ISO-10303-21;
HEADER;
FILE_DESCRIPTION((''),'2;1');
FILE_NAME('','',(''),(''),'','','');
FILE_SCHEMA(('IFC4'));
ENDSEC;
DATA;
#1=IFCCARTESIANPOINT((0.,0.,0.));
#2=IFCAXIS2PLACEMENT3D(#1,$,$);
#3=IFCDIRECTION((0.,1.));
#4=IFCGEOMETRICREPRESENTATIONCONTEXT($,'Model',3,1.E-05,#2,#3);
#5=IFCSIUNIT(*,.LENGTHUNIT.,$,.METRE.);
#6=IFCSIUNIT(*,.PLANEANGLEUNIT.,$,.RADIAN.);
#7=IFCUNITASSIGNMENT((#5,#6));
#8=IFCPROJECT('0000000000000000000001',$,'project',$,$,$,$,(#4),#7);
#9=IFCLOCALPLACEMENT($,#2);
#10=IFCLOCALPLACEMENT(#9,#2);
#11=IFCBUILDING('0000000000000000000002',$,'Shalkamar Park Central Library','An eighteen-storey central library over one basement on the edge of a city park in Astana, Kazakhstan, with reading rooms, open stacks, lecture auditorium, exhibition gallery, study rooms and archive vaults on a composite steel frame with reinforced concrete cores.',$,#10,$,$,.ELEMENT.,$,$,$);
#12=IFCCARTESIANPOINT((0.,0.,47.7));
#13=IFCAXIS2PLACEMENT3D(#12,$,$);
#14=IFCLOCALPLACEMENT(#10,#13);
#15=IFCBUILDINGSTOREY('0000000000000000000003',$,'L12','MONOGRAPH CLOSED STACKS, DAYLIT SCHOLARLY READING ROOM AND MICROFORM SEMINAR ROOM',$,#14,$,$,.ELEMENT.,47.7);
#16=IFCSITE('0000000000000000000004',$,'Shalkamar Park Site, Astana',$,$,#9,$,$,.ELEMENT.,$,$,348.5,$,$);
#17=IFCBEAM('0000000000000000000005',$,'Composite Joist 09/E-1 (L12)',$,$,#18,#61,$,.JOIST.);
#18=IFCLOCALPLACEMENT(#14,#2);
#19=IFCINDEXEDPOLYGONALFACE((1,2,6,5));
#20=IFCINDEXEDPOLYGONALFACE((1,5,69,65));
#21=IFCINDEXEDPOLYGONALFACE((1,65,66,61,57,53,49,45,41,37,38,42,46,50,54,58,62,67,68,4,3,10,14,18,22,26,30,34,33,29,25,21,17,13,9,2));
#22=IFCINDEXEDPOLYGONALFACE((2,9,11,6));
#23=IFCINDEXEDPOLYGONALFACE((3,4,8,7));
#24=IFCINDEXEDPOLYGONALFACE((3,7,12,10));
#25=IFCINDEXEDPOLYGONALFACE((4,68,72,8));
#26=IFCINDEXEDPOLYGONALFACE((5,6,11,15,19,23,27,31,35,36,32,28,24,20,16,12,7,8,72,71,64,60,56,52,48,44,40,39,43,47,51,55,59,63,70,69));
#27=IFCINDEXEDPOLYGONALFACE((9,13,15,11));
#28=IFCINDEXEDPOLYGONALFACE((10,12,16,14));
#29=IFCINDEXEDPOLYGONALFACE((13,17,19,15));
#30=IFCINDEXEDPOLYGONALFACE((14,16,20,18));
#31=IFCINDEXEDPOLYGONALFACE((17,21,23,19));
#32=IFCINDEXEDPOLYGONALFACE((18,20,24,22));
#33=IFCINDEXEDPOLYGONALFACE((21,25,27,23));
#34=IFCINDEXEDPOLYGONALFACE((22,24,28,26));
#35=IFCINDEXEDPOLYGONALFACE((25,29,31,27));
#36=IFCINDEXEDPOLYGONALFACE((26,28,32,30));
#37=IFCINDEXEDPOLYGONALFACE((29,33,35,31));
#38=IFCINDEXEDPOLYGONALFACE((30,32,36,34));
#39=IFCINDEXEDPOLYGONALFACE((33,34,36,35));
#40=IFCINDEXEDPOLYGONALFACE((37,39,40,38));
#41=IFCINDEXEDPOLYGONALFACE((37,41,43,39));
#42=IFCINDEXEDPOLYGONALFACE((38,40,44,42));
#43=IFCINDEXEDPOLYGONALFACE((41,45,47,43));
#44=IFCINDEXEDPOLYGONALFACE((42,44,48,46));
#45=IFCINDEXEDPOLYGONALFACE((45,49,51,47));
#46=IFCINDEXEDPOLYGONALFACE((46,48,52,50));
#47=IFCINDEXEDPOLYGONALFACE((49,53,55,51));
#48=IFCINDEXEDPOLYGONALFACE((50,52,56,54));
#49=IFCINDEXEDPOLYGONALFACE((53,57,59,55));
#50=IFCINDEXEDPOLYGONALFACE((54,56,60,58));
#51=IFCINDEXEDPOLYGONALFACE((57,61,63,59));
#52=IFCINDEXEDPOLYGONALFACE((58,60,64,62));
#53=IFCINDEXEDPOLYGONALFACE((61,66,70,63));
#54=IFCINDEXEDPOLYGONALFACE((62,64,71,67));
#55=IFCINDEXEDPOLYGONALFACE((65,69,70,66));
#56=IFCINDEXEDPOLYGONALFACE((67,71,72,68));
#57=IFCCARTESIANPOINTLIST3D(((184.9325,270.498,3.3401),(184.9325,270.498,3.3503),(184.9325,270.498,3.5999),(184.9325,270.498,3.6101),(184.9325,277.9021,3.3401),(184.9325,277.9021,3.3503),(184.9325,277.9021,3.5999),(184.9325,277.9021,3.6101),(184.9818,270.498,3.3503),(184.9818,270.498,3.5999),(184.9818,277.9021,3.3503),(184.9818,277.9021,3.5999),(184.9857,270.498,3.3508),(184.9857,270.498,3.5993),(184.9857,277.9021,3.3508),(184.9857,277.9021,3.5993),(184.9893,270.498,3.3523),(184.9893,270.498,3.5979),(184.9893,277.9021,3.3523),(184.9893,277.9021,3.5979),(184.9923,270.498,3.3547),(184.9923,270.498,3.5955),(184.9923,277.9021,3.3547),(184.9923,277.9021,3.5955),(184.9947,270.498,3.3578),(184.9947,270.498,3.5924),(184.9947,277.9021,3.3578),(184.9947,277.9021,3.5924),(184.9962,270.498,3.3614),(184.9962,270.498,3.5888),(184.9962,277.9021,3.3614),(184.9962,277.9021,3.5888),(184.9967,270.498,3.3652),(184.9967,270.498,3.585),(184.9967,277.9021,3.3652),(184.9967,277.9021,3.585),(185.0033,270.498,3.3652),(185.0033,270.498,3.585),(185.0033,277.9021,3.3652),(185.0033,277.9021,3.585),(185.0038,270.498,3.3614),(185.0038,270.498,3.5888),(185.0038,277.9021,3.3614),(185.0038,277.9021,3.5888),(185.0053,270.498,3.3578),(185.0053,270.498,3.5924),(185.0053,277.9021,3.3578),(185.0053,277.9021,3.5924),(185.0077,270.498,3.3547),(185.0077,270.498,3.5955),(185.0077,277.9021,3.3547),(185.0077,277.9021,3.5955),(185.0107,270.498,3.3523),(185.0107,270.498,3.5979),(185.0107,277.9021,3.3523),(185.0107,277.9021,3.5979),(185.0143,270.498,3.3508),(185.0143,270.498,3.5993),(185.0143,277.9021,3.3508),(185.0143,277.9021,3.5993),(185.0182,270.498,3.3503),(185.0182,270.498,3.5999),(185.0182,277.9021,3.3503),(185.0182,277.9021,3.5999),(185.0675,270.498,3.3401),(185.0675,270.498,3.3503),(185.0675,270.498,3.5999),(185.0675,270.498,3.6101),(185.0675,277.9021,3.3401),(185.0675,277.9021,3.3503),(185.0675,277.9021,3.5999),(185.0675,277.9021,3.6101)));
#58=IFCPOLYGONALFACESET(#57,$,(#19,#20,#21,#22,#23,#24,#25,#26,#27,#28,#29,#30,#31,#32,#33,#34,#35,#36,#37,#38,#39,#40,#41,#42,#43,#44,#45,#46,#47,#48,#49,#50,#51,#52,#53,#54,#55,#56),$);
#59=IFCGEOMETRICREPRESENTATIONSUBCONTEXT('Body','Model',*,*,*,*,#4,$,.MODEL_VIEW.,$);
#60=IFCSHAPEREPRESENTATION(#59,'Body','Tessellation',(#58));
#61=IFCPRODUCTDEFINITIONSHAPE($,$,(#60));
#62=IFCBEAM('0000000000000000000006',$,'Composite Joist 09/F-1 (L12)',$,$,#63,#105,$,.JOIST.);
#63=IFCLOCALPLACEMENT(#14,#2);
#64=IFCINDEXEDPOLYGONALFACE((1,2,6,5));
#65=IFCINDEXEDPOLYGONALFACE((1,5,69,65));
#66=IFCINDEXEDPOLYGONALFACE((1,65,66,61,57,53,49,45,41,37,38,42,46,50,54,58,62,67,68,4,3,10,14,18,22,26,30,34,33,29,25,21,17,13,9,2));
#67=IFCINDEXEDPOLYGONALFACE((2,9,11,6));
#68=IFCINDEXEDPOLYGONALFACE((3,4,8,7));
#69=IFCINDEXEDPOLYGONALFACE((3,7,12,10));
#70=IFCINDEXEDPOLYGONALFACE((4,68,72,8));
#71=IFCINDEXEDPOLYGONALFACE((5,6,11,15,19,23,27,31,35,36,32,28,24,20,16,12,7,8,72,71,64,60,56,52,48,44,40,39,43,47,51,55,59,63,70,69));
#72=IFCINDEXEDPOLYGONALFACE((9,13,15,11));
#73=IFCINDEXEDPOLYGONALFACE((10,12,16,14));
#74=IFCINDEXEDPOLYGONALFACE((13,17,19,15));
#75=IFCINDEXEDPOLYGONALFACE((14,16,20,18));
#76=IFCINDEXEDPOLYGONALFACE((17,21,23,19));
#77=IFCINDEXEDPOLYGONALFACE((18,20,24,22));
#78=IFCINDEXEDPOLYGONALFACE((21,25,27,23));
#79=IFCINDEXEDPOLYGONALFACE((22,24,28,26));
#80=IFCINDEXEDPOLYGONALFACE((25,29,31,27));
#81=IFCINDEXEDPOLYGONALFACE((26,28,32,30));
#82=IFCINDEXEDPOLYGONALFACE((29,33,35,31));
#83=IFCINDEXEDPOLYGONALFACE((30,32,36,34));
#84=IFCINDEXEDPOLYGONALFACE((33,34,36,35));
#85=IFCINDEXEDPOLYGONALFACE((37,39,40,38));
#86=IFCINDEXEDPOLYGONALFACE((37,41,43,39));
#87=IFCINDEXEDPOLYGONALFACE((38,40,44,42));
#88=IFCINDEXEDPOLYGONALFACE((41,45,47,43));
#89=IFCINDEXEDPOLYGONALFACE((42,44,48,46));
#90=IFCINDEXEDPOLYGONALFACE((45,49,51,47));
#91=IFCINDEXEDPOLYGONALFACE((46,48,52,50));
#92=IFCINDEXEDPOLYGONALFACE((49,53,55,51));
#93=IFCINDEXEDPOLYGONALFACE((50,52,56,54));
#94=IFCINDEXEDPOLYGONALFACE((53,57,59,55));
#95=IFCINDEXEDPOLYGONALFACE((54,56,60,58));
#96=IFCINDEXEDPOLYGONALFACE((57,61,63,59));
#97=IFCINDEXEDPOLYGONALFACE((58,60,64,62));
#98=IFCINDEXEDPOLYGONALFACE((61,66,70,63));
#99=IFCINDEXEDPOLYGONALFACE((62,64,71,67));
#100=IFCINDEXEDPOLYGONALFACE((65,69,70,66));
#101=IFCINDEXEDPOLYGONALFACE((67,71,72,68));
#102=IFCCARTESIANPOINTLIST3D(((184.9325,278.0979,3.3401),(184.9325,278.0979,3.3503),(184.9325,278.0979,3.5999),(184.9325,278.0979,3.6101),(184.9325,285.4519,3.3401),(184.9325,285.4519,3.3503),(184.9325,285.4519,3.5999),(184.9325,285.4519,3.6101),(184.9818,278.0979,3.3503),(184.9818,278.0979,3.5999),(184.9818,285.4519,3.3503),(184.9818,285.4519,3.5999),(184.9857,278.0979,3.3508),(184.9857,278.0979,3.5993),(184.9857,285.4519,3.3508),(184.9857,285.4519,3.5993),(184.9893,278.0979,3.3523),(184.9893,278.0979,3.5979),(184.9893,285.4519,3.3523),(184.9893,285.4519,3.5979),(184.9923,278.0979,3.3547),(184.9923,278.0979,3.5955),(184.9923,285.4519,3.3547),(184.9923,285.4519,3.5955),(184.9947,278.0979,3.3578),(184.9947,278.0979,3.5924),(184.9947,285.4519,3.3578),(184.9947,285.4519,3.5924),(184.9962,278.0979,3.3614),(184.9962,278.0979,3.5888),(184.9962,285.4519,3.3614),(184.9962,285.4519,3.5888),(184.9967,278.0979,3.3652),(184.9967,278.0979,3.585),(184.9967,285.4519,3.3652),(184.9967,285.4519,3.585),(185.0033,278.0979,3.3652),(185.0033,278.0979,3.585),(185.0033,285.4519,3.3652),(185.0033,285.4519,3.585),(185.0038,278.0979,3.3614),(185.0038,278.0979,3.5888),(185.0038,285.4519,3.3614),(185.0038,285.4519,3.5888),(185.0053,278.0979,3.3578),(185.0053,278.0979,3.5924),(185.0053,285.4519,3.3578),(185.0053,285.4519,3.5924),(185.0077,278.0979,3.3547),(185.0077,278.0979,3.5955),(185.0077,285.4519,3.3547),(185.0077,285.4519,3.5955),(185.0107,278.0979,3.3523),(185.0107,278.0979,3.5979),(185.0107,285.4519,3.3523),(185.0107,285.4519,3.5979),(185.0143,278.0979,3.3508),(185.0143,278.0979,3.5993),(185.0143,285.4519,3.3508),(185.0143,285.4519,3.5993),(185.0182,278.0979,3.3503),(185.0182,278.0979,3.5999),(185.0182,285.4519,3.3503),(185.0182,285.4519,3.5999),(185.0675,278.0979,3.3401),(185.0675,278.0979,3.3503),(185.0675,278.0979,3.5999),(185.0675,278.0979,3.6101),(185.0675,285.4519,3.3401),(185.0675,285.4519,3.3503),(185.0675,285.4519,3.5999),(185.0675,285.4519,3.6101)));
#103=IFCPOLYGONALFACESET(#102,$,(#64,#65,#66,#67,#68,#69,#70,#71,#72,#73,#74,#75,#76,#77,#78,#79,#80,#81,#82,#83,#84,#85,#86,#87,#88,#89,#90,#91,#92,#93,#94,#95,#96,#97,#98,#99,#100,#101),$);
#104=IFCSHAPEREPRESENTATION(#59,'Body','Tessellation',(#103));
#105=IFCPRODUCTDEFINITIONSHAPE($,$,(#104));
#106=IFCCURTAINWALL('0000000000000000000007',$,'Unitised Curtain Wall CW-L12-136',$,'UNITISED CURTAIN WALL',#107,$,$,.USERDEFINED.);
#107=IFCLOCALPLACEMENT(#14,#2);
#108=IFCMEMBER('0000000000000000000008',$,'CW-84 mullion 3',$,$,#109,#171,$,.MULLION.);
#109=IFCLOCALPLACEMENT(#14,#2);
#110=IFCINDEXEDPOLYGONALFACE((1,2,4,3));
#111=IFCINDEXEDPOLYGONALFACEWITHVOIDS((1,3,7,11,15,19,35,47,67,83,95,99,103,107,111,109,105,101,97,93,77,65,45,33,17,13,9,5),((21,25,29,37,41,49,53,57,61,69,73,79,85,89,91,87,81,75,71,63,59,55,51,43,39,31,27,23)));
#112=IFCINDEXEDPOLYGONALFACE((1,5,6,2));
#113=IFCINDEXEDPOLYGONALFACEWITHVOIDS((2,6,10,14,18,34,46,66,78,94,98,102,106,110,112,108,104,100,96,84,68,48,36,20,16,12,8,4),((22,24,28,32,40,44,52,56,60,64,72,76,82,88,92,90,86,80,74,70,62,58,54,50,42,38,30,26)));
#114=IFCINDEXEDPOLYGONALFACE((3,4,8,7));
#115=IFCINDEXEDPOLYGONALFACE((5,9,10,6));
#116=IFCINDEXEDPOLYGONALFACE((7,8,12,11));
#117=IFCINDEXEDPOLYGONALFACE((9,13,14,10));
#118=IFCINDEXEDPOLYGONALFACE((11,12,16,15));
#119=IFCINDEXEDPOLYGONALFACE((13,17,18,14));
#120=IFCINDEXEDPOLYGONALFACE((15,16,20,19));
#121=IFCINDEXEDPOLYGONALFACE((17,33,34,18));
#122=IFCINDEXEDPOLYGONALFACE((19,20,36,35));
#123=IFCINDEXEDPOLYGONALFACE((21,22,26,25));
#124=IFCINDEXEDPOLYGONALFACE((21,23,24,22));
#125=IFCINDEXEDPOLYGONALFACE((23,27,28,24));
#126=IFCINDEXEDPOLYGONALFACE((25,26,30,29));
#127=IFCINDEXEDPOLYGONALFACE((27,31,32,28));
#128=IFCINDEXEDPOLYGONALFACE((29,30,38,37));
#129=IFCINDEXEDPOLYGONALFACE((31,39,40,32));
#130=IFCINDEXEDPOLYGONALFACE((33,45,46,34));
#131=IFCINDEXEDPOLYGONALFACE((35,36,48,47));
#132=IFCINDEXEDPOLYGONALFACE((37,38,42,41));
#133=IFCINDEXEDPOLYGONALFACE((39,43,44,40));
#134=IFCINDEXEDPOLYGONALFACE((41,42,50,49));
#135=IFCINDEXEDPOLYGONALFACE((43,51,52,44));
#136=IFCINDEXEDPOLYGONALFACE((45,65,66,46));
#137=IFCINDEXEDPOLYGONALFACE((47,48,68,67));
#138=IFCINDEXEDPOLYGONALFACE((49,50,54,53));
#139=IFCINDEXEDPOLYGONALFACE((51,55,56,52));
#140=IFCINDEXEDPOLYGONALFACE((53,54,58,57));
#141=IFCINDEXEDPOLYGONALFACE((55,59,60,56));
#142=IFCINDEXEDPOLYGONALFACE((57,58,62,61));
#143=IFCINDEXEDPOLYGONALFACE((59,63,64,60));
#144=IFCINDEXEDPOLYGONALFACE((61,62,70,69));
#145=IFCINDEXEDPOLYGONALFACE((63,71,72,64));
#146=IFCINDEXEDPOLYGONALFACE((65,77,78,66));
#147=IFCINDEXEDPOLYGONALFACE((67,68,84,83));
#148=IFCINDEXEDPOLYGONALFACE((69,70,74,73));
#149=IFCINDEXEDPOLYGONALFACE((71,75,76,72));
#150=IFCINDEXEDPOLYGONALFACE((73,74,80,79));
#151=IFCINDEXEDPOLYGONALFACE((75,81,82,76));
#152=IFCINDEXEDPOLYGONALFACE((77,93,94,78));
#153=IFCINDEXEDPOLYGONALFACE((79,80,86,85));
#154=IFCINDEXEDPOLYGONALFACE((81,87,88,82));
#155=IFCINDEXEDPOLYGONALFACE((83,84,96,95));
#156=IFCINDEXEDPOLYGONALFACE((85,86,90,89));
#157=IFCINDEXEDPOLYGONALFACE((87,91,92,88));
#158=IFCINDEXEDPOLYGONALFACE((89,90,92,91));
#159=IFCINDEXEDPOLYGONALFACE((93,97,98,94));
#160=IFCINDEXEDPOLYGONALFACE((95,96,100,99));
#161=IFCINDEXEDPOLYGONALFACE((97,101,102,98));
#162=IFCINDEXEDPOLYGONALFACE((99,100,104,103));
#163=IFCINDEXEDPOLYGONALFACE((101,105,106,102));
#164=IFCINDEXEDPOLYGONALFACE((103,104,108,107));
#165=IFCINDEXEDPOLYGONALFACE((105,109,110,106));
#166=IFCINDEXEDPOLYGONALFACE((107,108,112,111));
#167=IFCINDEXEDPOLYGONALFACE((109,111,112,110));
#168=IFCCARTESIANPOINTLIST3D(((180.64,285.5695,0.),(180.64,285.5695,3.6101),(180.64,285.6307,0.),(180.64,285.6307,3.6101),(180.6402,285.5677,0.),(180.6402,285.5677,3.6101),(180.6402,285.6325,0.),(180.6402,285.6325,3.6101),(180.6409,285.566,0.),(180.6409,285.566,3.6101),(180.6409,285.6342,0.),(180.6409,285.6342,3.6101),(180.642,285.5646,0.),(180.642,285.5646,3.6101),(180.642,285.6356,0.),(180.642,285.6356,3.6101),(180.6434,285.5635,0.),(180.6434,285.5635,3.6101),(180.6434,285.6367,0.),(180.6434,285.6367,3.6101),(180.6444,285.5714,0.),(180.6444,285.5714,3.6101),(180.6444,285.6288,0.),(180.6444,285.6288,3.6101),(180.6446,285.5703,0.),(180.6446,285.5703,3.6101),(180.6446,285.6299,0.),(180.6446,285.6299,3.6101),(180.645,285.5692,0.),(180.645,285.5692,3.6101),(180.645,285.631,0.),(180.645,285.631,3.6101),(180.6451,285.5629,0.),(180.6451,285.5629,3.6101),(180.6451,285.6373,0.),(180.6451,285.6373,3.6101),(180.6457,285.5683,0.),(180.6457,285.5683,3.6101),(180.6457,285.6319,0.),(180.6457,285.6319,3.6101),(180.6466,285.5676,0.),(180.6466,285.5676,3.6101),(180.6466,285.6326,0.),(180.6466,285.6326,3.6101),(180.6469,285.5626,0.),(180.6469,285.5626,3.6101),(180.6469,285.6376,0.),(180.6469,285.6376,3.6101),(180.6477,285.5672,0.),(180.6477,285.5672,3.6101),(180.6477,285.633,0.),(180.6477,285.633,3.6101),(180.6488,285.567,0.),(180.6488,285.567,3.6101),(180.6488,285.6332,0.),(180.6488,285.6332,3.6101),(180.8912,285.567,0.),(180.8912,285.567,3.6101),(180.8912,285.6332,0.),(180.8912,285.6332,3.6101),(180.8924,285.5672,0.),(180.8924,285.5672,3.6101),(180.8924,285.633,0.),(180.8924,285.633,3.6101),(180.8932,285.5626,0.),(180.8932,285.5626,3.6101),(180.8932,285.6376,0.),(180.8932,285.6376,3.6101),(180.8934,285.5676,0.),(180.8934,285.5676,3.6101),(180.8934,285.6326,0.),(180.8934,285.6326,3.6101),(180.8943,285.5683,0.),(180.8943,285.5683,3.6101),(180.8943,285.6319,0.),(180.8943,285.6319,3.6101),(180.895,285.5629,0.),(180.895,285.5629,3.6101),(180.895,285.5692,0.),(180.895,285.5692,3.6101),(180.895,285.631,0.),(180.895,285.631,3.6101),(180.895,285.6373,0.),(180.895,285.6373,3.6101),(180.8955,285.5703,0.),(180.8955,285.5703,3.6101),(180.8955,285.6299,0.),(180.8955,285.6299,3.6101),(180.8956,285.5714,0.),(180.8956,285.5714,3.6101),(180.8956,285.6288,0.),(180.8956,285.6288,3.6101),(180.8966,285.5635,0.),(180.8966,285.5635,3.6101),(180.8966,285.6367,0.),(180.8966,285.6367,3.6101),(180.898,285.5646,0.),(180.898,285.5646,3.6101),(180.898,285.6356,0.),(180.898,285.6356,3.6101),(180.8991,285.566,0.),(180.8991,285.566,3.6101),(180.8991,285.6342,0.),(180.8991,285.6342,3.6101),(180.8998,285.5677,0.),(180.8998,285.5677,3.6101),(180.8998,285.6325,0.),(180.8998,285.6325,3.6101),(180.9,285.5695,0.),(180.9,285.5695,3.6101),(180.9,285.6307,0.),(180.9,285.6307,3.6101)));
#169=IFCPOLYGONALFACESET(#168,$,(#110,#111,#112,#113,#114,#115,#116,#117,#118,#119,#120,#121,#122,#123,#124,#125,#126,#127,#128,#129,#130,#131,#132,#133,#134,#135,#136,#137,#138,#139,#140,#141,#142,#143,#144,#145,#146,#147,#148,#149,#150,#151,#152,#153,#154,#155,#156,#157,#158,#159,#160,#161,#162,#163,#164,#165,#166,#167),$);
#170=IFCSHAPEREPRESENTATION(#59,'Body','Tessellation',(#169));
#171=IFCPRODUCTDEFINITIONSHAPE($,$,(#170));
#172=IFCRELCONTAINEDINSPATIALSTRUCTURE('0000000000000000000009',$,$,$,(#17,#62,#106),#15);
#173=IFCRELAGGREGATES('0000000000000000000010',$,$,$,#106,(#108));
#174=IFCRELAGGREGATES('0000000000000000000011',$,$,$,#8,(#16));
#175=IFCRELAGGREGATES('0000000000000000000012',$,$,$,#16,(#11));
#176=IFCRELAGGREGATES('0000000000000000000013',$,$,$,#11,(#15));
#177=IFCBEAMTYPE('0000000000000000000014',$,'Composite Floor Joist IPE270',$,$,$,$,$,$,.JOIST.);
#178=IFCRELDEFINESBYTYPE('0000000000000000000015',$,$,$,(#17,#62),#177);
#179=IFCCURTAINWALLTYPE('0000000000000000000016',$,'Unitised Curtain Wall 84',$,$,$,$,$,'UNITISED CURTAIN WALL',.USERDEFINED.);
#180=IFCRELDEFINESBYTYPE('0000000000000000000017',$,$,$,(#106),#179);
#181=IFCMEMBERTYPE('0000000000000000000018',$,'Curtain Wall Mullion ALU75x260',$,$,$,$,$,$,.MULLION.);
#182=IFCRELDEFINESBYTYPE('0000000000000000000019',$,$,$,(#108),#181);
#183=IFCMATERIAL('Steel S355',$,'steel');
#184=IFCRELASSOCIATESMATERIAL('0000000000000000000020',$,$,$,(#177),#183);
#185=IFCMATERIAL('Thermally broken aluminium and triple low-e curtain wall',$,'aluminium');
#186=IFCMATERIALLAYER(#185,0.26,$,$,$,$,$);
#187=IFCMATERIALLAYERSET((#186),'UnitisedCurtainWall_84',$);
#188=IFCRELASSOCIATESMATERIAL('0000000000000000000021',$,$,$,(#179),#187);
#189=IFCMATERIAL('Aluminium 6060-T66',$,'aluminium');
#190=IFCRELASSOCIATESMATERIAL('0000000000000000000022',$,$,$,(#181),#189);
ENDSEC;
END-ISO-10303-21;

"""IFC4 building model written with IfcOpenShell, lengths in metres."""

from ifc_helpers import new_model, si_unit, direction, frame, origin, origin_2d, place, context, subcontext, project, spatial, hollow_rectangle, i_section, extrude, material, layer, layer_set, material_profile, profile_set, type_object, element, aggregate, save


model = new_model("IFC4")

# Units and contexts
model_context = context("Model", 3, precision=1e-05, world=origin(), true_north=direction((0.0, 1.0)))
body_context = subcontext(model_context, "Body", "Model", "MODEL_VIEW")
ifc_project = project(units=[si_unit("LENGTHUNIT", "METRE"), si_unit("PLANEANGLEUNIT", "RADIAN")], contexts=[model_context])

# Site, building, storey
site_placement = place(None, origin())
site = spatial("IfcSite", under=ifc_project, at=site_placement, Name="Shalkamar Park Site, Astana", CompositionType="ELEMENT", RefElevation=348.5)
building_placement = place(site_placement, origin())
building = spatial("IfcBuilding", under=site, at=building_placement, Name="Shalkamar Park Central Library", Description="An eighteen-storey central library over one basement on the edge of a city park in Astana, Kazakhstan, with reading rooms, open stacks, lecture auditorium, exhibition gallery, study rooms and archive vaults on a composite steel frame with reinforced concrete cores.", CompositionType="ELEMENT")
storey_placement = place(building_placement, frame((0.0, 0.0, 47.7)))
storey = spatial("IfcBuildingStorey", under=building, at=storey_placement, Name="L12", Description="MONOGRAPH CLOSED STACKS, DAYLIT SCHOLARLY READING ROOM AND MICROFORM SEMINAR ROOM", CompositionType="ELEMENT", Elevation=47.7)

# Shared definitions
ifc_material_1 = material(Name="Steel S355", Category="steel")

# Beams
ifc_material_profile_1 = material_profile(ifc_material_1, i_section(OverallWidth=0.135, OverallDepth=0.27, WebThickness=0.0066, FlangeThickness=0.0103, FilletRadius=0.0149, at=origin_2d()), Name="IPE 270")
ifc_profile_set_1 = profile_set([ifc_material_profile_1], Name="Steel S355")
beam_type_1 = type_object("IfcBeamType", Name="Composite Floor Joist IPE270", PredefinedType="JOIST", material=ifc_profile_set_1)
beam_1_placement = place(storey_placement, frame((185.0, 270.498, 3.4751), z_axis=(0.0, 1.0, 0.0), x_axis=(-1.0, 0.0, 0.0)))
element("IfcBeam", 1, at=beam_1_placement, inside=storey, type_object=beam_type_1, Name="Composite Joist 09/E-1 (L12)", PredefinedType="JOIST", context=body_context, shape_type="SweptSolid", body=[
    extrude(i_section(OverallWidth=0.135, OverallDepth=0.27, WebThickness=0.0066, FlangeThickness=0.0103, FilletRadius=0.0149, at=origin_2d()), origin(), (0.0, 0.0, 1.0), 7.4041),
])
beam_2_placement = place(storey_placement, frame((185.0, 278.0979, 3.4751), z_axis=(0.0, 1.0, 0.0), x_axis=(-1.0, 0.0, 0.0)))
element("IfcBeam", 2, at=beam_2_placement, inside=storey, type_object=beam_type_1, Name="Composite Joist 09/F-1 (L12)", PredefinedType="JOIST", context=body_context, shape_type="SweptSolid", body=[
    extrude(i_section(OverallWidth=0.135, OverallDepth=0.27, WebThickness=0.0066, FlangeThickness=0.0103, FilletRadius=0.0149, at=origin_2d()), origin(), (0.0, 0.0, 1.0), 7.354),
])

# Curtain wall, member
ifc_material_2 = material(Name="Thermally broken aluminium and triple low-e curtain wall", Category="aluminium")
ifc_layer_1 = layer(ifc_material_2, 0.26)
ifc_layer_set_1 = layer_set([ifc_layer_1], Name="UnitisedCurtainWall_84")
curtain_wall_type_1 = type_object("IfcCurtainWallType", Name="Unitised Curtain Wall 84", ElementType="UNITISED CURTAIN WALL", PredefinedType="USERDEFINED", material=ifc_layer_set_1)
curtain_wall_1_placement = place(storey_placement, origin())
curtain_wall_1 = element("IfcCurtainWall", 3, at=curtain_wall_1_placement, inside=storey, type_object=curtain_wall_type_1, Name="Unitised Curtain Wall CW-L12-136", ObjectType="UNITISED CURTAIN WALL", PredefinedType="USERDEFINED")
ifc_material_3 = material(Name="Aluminium 6060-T66", Category="aluminium")
ifc_material_profile_2 = material_profile(ifc_material_3, hollow_rectangle(XDim=0.075, YDim=0.26, WallThickness=0.0044, InnerFilletRadius=0.0044, OuterFilletRadius=0.0068, at=origin_2d()), Name="ALU 75x260x4.5")
ifc_profile_set_2 = profile_set([ifc_material_profile_2], Name="Aluminium 6060-T66")
member_type_1 = type_object("IfcMemberType", Name="Curtain Wall Mullion ALU75x260", PredefinedType="MULLION", material=ifc_profile_set_2)
member_1_placement = place(storey_placement, frame((180.77, 285.6001, 0.0), z_axis=(0.0, 0.0, 1.0), x_axis=(0.0, 1.0, 0.0)))
member_1 = element("IfcMember", 4, at=member_1_placement, type_object=member_type_1, Name="CW-84 mullion 3", PredefinedType="MULLION", context=body_context, shape_type="SweptSolid", body=[
    extrude(hollow_rectangle(XDim=0.075, YDim=0.26, WallThickness=0.0044, InnerFilletRadius=0.0044, OuterFilletRadius=0.0068, at=origin_2d()), origin(), (0.0, 0.0, 1.0), 3.6101),
])

aggregate(curtain_wall_1, [member_1])

save(model, "model.ifc")
